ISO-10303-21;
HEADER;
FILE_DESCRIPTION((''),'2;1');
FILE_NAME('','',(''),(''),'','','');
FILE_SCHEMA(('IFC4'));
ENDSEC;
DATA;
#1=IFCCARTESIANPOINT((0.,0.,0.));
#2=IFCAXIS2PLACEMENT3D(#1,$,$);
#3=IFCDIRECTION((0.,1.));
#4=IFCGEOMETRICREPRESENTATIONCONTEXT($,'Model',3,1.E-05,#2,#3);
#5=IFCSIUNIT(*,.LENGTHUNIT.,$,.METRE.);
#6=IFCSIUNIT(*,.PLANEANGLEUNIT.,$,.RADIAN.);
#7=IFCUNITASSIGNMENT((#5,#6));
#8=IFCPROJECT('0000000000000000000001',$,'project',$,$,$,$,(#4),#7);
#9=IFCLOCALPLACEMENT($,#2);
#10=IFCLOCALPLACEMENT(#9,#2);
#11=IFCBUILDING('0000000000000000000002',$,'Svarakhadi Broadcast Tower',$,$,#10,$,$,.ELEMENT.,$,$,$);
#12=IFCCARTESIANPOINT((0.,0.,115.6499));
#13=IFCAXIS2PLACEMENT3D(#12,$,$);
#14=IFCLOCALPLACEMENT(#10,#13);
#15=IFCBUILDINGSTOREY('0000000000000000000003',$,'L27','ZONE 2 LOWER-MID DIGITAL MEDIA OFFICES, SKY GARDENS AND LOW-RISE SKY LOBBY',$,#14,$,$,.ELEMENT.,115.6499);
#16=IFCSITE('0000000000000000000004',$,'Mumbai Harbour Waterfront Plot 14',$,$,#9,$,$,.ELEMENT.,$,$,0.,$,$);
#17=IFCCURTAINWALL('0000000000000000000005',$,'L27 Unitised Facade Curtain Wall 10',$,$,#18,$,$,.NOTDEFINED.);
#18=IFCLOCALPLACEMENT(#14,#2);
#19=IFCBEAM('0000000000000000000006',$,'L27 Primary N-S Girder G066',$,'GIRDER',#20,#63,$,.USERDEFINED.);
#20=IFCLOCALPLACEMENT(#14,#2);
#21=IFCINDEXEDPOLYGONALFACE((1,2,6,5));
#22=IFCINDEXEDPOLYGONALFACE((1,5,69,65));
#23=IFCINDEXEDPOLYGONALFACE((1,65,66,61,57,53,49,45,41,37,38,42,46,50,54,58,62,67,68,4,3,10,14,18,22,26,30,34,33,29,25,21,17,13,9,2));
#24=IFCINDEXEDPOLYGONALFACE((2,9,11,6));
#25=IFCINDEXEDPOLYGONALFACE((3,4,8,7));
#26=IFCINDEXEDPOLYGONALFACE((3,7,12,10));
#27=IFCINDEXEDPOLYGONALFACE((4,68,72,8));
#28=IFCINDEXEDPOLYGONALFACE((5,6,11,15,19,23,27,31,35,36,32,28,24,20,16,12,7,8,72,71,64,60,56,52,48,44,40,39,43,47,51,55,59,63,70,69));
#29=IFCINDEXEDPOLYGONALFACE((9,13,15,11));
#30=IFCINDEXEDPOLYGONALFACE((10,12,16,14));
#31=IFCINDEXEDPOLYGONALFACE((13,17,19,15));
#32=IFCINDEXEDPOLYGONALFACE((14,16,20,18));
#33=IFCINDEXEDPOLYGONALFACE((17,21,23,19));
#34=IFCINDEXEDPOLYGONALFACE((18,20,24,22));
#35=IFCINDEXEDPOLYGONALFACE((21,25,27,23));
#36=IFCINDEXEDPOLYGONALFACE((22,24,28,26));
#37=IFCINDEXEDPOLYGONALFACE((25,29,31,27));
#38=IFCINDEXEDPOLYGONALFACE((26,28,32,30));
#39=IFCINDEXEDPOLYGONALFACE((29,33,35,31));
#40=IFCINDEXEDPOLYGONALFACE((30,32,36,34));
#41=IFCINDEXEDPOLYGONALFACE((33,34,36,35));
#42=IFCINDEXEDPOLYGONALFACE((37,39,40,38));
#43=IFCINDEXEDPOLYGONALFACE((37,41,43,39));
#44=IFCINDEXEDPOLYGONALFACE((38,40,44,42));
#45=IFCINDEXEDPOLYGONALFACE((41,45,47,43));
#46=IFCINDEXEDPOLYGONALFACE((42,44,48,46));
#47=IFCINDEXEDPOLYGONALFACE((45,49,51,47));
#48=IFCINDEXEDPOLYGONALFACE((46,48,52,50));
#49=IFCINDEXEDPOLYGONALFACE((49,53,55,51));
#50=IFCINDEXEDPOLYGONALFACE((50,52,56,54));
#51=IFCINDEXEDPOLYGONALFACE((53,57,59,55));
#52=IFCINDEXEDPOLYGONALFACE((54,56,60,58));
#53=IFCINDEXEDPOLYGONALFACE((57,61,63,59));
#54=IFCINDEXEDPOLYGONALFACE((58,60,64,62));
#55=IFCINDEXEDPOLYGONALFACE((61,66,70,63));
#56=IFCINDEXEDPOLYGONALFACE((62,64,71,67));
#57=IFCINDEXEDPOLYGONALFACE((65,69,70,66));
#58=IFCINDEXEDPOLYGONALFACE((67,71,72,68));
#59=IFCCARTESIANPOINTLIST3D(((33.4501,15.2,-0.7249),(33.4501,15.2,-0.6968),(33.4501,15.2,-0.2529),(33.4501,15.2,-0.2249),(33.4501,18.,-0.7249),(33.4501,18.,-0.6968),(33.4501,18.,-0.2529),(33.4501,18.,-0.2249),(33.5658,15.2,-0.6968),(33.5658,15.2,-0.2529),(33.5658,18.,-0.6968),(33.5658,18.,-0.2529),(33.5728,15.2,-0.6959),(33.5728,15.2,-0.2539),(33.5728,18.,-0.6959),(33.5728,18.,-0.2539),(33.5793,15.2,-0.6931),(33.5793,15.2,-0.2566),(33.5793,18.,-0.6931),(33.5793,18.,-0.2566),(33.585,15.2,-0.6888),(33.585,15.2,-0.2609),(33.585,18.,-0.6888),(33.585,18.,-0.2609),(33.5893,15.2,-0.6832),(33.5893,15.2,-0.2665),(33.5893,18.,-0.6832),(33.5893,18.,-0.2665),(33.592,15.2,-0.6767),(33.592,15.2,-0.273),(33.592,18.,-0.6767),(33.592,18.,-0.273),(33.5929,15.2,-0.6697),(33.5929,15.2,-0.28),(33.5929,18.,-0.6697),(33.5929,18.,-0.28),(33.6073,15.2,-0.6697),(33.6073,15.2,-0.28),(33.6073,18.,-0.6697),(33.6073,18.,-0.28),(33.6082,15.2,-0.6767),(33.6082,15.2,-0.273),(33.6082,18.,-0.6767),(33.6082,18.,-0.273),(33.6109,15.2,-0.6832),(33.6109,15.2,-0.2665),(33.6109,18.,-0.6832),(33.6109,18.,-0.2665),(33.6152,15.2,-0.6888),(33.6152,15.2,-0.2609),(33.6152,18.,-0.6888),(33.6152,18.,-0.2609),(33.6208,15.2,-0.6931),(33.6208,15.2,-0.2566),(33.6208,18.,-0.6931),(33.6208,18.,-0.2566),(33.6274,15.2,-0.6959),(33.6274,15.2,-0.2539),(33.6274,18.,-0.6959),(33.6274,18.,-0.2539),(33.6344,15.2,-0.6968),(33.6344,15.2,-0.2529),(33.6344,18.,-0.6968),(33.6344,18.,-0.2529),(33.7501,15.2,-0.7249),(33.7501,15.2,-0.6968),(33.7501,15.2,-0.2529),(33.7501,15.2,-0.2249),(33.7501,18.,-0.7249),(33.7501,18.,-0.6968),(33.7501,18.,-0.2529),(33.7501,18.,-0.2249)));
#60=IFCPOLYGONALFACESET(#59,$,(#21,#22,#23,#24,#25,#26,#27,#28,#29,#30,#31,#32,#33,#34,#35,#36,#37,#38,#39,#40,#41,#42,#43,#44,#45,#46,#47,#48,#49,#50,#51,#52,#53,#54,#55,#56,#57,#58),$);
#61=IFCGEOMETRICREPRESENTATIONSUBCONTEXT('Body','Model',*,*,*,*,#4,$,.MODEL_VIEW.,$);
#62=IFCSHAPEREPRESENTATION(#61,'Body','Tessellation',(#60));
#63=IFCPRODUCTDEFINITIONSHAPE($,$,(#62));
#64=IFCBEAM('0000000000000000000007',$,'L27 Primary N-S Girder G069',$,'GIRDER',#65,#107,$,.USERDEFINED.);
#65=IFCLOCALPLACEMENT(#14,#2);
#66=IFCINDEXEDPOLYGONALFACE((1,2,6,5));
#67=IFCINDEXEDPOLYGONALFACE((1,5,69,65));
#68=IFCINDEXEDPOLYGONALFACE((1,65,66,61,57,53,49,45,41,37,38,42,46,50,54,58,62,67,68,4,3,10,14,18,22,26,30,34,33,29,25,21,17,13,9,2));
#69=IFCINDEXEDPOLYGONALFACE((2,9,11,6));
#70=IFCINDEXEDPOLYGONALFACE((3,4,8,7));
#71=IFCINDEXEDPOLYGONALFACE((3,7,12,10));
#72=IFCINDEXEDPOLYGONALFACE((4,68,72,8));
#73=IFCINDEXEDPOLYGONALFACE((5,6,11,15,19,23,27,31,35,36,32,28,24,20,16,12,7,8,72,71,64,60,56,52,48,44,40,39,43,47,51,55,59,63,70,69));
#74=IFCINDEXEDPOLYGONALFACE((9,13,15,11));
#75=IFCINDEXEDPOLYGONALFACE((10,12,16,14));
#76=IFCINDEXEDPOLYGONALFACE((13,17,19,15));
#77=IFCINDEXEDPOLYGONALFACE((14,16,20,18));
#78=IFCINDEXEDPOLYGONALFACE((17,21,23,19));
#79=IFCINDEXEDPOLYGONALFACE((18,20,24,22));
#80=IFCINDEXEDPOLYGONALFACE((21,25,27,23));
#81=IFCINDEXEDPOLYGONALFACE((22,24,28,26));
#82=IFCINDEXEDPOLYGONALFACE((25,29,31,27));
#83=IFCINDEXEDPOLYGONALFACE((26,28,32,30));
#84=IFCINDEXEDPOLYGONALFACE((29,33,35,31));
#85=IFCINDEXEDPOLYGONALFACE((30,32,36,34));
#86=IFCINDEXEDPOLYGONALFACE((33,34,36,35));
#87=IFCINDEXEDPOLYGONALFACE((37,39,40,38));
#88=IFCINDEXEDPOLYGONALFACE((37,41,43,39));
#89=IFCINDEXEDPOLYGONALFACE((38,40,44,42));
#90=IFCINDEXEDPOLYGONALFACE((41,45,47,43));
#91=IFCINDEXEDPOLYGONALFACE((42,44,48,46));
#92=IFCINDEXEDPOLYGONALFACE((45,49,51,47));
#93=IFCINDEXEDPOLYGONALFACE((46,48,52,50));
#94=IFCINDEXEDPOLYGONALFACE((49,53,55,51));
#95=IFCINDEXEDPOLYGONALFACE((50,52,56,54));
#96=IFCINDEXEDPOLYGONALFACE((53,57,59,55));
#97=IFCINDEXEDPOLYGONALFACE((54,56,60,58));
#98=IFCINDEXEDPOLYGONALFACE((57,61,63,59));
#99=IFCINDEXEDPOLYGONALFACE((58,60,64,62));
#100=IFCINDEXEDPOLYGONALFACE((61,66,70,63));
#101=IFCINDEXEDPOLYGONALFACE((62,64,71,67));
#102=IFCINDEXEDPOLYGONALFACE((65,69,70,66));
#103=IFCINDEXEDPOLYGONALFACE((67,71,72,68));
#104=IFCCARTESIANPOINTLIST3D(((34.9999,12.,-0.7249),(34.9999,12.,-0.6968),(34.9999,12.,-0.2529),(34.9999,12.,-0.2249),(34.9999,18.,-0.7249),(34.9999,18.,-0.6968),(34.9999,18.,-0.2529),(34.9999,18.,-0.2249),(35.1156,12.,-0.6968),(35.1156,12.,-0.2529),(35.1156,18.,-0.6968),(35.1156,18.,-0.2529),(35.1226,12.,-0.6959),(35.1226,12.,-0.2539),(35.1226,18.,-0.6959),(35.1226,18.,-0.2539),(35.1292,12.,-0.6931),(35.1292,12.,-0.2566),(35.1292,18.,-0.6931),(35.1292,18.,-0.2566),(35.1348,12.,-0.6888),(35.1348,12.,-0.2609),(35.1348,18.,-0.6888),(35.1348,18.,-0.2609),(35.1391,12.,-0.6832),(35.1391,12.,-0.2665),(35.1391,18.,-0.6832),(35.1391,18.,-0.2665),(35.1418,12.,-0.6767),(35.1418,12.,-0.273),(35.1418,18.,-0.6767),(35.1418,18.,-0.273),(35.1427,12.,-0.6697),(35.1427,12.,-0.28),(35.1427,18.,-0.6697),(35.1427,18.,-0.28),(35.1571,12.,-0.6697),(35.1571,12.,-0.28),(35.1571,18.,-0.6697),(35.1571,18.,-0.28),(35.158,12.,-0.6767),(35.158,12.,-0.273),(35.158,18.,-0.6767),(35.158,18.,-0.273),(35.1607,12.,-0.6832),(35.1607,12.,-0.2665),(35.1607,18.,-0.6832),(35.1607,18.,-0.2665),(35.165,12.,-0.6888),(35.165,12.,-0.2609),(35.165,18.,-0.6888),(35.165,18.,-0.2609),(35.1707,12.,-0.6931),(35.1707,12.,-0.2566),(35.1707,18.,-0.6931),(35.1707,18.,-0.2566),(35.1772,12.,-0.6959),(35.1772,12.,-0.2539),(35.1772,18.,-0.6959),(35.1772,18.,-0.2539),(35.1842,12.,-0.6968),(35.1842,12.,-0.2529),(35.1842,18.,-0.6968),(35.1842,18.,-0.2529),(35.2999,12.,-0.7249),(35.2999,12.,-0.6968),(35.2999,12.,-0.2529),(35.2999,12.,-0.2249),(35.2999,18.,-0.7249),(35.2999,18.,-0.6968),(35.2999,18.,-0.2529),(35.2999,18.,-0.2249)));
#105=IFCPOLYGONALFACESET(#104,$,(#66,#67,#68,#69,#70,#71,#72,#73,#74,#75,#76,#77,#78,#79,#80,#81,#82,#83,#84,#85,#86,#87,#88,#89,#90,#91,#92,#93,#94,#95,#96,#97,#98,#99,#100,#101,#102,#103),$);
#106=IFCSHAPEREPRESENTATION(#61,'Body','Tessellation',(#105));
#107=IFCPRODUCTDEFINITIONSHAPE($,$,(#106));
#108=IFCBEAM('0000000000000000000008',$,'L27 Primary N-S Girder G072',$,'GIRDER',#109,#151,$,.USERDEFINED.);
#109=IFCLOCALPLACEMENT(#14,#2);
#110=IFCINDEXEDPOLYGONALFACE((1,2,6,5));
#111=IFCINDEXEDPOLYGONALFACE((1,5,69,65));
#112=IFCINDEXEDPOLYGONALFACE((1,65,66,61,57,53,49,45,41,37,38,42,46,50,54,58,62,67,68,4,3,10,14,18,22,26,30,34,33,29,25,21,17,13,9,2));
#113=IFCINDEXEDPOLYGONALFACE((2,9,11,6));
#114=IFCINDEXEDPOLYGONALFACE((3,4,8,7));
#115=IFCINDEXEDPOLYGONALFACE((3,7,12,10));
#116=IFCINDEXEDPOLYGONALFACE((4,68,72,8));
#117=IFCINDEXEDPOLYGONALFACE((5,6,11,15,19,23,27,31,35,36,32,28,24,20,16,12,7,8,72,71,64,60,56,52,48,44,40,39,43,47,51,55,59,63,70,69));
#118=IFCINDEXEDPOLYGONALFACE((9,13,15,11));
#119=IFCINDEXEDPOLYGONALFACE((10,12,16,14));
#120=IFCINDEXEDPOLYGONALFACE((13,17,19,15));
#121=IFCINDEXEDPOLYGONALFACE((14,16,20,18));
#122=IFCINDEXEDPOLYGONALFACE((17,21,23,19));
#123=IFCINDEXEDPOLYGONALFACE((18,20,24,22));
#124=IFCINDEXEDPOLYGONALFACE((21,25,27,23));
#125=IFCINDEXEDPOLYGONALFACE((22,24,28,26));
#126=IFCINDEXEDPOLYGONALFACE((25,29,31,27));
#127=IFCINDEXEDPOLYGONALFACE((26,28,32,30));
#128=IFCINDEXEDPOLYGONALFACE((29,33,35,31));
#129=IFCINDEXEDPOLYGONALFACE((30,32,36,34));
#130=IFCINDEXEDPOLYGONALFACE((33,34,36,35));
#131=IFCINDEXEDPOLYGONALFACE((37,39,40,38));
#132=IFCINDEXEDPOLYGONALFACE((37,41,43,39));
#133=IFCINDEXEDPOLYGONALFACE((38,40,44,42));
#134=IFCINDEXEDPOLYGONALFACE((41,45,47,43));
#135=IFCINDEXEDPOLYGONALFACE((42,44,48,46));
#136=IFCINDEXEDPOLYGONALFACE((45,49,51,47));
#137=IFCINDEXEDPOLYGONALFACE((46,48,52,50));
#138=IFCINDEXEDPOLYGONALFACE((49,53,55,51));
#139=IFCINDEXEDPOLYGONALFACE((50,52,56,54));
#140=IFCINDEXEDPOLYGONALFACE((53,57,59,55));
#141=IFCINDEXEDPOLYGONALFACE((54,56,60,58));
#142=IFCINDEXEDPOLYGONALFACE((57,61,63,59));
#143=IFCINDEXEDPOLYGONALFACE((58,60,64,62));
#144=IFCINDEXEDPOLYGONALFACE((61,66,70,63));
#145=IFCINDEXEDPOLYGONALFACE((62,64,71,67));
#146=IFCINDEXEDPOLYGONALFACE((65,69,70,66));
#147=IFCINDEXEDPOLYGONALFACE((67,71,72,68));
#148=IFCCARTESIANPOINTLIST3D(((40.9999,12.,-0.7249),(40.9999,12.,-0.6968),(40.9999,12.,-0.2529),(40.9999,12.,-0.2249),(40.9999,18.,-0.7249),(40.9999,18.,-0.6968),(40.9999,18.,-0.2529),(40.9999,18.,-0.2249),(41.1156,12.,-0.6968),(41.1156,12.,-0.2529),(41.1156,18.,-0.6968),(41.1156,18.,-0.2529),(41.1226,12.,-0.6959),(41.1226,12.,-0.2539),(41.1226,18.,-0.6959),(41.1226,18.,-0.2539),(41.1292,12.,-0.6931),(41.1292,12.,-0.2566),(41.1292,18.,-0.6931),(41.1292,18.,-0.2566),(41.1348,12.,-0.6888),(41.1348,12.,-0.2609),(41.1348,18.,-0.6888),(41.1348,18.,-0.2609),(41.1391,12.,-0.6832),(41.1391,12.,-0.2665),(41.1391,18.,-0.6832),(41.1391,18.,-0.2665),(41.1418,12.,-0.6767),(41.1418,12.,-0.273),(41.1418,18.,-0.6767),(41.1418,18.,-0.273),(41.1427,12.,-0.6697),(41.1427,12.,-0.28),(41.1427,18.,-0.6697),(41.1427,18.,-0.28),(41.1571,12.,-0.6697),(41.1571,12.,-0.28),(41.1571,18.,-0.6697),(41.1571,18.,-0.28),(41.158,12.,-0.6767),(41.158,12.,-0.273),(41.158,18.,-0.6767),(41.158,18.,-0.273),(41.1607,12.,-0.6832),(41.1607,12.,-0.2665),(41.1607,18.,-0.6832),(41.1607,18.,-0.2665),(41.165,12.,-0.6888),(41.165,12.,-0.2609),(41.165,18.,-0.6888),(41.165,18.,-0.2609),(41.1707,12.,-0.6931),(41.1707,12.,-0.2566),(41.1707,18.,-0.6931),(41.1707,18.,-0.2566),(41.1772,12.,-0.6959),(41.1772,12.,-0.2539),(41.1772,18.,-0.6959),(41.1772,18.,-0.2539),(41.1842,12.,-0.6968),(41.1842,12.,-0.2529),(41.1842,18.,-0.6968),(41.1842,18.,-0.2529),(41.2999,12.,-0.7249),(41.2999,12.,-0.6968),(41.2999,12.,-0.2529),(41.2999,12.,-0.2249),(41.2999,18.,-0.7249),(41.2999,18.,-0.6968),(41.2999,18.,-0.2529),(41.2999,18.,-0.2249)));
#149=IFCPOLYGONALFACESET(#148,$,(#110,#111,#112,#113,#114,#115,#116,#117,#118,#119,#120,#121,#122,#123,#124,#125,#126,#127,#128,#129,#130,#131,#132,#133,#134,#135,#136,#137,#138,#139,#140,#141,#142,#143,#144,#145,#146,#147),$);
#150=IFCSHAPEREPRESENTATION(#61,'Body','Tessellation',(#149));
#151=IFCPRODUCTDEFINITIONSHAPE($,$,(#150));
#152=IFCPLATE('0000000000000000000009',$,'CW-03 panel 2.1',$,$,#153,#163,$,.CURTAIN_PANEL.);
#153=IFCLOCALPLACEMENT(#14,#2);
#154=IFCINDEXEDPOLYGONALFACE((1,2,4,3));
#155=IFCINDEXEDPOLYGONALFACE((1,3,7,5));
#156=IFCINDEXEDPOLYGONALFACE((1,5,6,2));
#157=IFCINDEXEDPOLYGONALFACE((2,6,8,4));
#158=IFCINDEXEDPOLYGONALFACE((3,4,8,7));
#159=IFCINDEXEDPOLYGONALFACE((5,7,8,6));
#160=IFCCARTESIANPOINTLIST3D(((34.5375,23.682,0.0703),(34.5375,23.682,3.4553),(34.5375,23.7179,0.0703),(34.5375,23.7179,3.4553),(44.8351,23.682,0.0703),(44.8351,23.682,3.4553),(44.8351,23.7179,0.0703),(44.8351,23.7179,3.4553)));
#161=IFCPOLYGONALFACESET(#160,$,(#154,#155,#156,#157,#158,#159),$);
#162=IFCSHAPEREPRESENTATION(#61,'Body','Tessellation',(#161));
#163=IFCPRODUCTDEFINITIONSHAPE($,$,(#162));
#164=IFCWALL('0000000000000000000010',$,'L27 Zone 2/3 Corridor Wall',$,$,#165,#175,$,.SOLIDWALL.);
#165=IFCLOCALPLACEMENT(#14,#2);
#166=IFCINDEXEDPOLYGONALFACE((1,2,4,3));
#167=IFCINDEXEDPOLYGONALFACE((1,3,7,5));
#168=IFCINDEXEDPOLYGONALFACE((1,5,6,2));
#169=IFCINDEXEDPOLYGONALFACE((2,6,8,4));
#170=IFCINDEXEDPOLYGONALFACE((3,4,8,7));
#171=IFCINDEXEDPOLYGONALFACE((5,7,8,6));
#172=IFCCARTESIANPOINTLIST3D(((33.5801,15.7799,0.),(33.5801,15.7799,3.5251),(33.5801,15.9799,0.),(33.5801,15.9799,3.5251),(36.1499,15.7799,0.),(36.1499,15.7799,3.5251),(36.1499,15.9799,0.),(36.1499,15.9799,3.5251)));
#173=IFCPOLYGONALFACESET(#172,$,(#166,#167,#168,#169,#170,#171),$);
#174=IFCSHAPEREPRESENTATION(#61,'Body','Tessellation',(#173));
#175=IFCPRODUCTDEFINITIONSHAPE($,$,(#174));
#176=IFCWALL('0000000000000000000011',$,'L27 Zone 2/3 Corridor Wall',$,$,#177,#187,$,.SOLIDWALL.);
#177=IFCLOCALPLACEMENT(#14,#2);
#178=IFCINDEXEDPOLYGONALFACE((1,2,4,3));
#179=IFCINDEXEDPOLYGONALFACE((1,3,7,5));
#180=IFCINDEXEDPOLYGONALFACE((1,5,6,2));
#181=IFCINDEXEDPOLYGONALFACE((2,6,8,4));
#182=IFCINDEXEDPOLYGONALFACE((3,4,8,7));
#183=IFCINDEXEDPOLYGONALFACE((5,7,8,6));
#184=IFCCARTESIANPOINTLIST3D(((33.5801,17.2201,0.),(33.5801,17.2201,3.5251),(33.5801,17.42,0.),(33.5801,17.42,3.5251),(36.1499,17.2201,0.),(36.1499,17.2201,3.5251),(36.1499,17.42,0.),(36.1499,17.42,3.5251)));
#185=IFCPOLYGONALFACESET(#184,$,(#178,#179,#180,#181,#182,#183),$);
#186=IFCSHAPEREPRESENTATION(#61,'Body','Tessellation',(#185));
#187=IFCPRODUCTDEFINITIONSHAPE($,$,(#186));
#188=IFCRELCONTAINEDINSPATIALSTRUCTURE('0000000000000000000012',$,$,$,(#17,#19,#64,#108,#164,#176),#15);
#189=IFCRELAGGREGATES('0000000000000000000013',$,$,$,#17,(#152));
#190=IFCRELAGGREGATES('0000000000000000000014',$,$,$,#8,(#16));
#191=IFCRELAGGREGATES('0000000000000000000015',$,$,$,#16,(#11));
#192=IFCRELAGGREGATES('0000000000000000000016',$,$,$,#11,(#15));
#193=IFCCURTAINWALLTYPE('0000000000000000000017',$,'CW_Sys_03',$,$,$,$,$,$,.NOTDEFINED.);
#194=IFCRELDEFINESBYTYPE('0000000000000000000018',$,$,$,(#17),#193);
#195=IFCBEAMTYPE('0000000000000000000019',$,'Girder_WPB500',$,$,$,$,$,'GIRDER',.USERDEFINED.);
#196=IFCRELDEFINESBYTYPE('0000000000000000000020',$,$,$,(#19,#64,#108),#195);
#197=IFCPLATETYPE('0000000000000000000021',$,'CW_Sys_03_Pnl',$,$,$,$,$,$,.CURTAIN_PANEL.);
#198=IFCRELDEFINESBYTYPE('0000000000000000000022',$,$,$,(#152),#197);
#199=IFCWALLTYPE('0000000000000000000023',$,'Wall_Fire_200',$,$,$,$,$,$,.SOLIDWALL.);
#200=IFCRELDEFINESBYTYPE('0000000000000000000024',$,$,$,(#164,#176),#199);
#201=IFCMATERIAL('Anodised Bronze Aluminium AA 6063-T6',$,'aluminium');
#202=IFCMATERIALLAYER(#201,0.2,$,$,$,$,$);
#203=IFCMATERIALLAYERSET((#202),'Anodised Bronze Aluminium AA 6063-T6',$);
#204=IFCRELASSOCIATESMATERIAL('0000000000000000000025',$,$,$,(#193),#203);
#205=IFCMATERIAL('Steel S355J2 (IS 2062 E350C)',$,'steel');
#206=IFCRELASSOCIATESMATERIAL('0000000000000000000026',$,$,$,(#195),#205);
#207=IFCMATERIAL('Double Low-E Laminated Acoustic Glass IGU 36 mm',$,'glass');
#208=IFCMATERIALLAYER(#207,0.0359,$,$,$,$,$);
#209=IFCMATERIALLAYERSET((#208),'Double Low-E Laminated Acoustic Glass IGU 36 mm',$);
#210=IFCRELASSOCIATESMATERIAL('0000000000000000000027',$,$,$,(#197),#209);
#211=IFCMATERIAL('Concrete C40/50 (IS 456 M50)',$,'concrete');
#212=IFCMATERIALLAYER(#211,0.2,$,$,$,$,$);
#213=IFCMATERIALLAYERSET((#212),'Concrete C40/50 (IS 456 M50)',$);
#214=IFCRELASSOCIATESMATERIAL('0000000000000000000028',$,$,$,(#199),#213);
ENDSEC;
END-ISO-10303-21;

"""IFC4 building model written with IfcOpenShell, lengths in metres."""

from ifc_helpers import new_model, si_unit, direction, frame, frame_2d, origin, origin_2d, place, context, subcontext, project, spatial, rectangle, i_section, extrude, material, layer, layer_set, material_profile, profile_set, type_object, element, aggregate, save


model = new_model("IFC4")

# Units and contexts
model_context = context("Model", 3, precision=1e-05, world=origin(), true_north=direction((0.0, 1.0)))
body_context = subcontext(model_context, "Body", "Model", "MODEL_VIEW")
ifc_project = project(units=[si_unit("LENGTHUNIT", "METRE"), si_unit("PLANEANGLEUNIT", "RADIAN")], contexts=[model_context])

# Site, building, storey
site_placement = place(None, origin())
site = spatial("IfcSite", under=ifc_project, at=site_placement, Name="Mumbai Harbour Waterfront Plot 14", CompositionType="ELEMENT", RefElevation=0.0)
building_placement = place(site_placement, origin())
building = spatial("IfcBuilding", under=site, at=building_placement, Name="Svarakhadi Broadcast Tower", CompositionType="ELEMENT")
storey_placement = place(building_placement, frame((0.0, 0.0, 115.6499)))
storey = spatial("IfcBuildingStorey", under=building, at=storey_placement, Name="L27", Description="ZONE 2 LOWER-MID DIGITAL MEDIA OFFICES, SKY GARDENS AND LOW-RISE SKY LOBBY", CompositionType="ELEMENT", Elevation=115.6499)

# Shared definitions
ifc_material_1 = material(Name="Steel S355J2 (IS 2062 E350C)", Category="steel")

# Curtain wall
ifc_material_2 = material(Name="Anodised Bronze Aluminium AA 6063-T6", Category="aluminium")
ifc_layer_1 = layer(ifc_material_2, 0.2)
ifc_layer_set_1 = layer_set([ifc_layer_1], Name="Anodised Bronze Aluminium AA 6063-T6")
curtain_wall_type = type_object("IfcCurtainWallType", Name="CW_Sys_03", PredefinedType="NOTDEFINED", material=ifc_layer_set_1)
curtain_wall_placement = place(storey_placement, origin())
curtain_wall = element("IfcCurtainWall", 1, at=curtain_wall_placement, inside=storey, type_object=curtain_wall_type, Name="L27 Unitised Facade Curtain Wall 10", PredefinedType="NOTDEFINED")

# Beams
ifc_material_profile_1 = material_profile(ifc_material_1, i_section(OverallWidth=0.3, OverallDepth=0.5, WebThickness=0.0144, FlangeThickness=0.0281, FilletRadius=0.0271, at=origin_2d()), Name="WPB 500x300x187")
ifc_profile_set_1 = profile_set([ifc_material_profile_1], Name="Steel S355J2 (IS 2062 E350C)")
beam_type_1 = type_object("IfcBeamType", Name="Girder_WPB500", ElementType="GIRDER", PredefinedType="USERDEFINED", material=ifc_profile_set_1)
beam_1_placement = place(storey_placement, frame((33.6001, 15.2, -0.4749), z_axis=(0.0, 1.0, 0.0), x_axis=(-1.0, 0.0, 0.0)))
element("IfcBeam", 2, at=beam_1_placement, inside=storey, type_object=beam_type_1, Name="L27 Primary N-S Girder G066", ObjectType="GIRDER", PredefinedType="USERDEFINED", context=body_context, shape_type="SweptSolid", body=[
    extrude(i_section(OverallWidth=0.3, OverallDepth=0.5, WebThickness=0.0144, FlangeThickness=0.0281, FilletRadius=0.0271, at=origin_2d()), origin(), (0.0, 0.0, 1.0), 2.8),
])
for number, where, z_axis, x_axis, name in (
    (3, (35.1499, 12.0, -0.4749), (0.0, 1.0, 0.0), (-1.0, 0.0, 0.0), "L27 Primary N-S Girder G069"),
    (4, (41.1499, 12.0, -0.4749), (0.0, 1.0, 0.0), (-1.0, 0.0, 0.0), "L27 Primary N-S Girder G072"),
):
    element("IfcBeam", number, at=place(storey_placement, frame(where, z_axis=z_axis, x_axis=x_axis)), inside=storey, type_object=beam_type_1, Name=name, ObjectType="GIRDER", PredefinedType="USERDEFINED", context=body_context, shape_type="SweptSolid", body=[
        extrude(i_section(OverallWidth=0.3, OverallDepth=0.5, WebThickness=0.0144, FlangeThickness=0.0281, FilletRadius=0.0271, at=origin_2d()), origin(), (0.0, 0.0, 1.0), 6.0),
    ])

# Plate
ifc_material_3 = material(Name="Double Low-E Laminated Acoustic Glass IGU 36 mm", Category="glass")
ifc_layer_2 = layer(ifc_material_3, 0.0359)
ifc_layer_set_2 = layer_set([ifc_layer_2], Name="Double Low-E Laminated Acoustic Glass IGU 36 mm")
plate_type = type_object("IfcPlateType", Name="CW_Sys_03_Pnl", PredefinedType="CURTAIN_PANEL", material=ifc_layer_set_2)
plate_placement = place(storey_placement, frame((39.6863, 23.7, 0.0703), z_axis=(0.0, 0.0, 1.0), x_axis=(1.0, 0.0, 0.0)))
plate = element("IfcPlate", 5, at=plate_placement, type_object=plate_type, Name="CW-03 panel 2.1", PredefinedType="CURTAIN_PANEL", context=body_context, shape_type="SweptSolid", body=[
    extrude(rectangle(XDim=10.2976, YDim=0.0359, at=origin_2d()), origin(), (0.0, 0.0, 1.0), 3.385),
])
aggregate(curtain_wall, [plate])

# Walls
ifc_material_4 = material(Name="Concrete C40/50 (IS 456 M50)", Category="concrete")
ifc_layer_3 = layer(ifc_material_4, 0.2)
ifc_layer_set_3 = layer_set([ifc_layer_3], Name="Concrete C40/50 (IS 456 M50)")
wall_type_1 = type_object("IfcWallType", Name="Wall_Fire_200", PredefinedType="SOLIDWALL", material=ifc_layer_set_3)
for number, where, z_axis, x_axis, name in (
    (6, (36.1499, 15.8799, 0.0), (0.0, 0.0, 1.0), (-1.0, 0.0, 0.0), "L27 Zone 2/3 Corridor Wall"),
    (7, (33.5801, 17.3201, 0.0), (0.0, 0.0, 1.0), (1.0, 0.0, 0.0), "L27 Zone 2/3 Corridor Wall"),
):
    element("IfcWall", number, at=place(storey_placement, frame(where, z_axis=z_axis, x_axis=x_axis)), inside=storey, type_object=wall_type_1, Name=name, PredefinedType="SOLIDWALL", context=body_context, shape_type="SweptSolid", body=[
        extrude(rectangle(XDim=2.5698, YDim=0.2, at=frame_2d((1.2849, 0.0))), origin(), (0.0, 0.0, 1.0), 3.5251),
    ])

save(model, "model.ifc")
